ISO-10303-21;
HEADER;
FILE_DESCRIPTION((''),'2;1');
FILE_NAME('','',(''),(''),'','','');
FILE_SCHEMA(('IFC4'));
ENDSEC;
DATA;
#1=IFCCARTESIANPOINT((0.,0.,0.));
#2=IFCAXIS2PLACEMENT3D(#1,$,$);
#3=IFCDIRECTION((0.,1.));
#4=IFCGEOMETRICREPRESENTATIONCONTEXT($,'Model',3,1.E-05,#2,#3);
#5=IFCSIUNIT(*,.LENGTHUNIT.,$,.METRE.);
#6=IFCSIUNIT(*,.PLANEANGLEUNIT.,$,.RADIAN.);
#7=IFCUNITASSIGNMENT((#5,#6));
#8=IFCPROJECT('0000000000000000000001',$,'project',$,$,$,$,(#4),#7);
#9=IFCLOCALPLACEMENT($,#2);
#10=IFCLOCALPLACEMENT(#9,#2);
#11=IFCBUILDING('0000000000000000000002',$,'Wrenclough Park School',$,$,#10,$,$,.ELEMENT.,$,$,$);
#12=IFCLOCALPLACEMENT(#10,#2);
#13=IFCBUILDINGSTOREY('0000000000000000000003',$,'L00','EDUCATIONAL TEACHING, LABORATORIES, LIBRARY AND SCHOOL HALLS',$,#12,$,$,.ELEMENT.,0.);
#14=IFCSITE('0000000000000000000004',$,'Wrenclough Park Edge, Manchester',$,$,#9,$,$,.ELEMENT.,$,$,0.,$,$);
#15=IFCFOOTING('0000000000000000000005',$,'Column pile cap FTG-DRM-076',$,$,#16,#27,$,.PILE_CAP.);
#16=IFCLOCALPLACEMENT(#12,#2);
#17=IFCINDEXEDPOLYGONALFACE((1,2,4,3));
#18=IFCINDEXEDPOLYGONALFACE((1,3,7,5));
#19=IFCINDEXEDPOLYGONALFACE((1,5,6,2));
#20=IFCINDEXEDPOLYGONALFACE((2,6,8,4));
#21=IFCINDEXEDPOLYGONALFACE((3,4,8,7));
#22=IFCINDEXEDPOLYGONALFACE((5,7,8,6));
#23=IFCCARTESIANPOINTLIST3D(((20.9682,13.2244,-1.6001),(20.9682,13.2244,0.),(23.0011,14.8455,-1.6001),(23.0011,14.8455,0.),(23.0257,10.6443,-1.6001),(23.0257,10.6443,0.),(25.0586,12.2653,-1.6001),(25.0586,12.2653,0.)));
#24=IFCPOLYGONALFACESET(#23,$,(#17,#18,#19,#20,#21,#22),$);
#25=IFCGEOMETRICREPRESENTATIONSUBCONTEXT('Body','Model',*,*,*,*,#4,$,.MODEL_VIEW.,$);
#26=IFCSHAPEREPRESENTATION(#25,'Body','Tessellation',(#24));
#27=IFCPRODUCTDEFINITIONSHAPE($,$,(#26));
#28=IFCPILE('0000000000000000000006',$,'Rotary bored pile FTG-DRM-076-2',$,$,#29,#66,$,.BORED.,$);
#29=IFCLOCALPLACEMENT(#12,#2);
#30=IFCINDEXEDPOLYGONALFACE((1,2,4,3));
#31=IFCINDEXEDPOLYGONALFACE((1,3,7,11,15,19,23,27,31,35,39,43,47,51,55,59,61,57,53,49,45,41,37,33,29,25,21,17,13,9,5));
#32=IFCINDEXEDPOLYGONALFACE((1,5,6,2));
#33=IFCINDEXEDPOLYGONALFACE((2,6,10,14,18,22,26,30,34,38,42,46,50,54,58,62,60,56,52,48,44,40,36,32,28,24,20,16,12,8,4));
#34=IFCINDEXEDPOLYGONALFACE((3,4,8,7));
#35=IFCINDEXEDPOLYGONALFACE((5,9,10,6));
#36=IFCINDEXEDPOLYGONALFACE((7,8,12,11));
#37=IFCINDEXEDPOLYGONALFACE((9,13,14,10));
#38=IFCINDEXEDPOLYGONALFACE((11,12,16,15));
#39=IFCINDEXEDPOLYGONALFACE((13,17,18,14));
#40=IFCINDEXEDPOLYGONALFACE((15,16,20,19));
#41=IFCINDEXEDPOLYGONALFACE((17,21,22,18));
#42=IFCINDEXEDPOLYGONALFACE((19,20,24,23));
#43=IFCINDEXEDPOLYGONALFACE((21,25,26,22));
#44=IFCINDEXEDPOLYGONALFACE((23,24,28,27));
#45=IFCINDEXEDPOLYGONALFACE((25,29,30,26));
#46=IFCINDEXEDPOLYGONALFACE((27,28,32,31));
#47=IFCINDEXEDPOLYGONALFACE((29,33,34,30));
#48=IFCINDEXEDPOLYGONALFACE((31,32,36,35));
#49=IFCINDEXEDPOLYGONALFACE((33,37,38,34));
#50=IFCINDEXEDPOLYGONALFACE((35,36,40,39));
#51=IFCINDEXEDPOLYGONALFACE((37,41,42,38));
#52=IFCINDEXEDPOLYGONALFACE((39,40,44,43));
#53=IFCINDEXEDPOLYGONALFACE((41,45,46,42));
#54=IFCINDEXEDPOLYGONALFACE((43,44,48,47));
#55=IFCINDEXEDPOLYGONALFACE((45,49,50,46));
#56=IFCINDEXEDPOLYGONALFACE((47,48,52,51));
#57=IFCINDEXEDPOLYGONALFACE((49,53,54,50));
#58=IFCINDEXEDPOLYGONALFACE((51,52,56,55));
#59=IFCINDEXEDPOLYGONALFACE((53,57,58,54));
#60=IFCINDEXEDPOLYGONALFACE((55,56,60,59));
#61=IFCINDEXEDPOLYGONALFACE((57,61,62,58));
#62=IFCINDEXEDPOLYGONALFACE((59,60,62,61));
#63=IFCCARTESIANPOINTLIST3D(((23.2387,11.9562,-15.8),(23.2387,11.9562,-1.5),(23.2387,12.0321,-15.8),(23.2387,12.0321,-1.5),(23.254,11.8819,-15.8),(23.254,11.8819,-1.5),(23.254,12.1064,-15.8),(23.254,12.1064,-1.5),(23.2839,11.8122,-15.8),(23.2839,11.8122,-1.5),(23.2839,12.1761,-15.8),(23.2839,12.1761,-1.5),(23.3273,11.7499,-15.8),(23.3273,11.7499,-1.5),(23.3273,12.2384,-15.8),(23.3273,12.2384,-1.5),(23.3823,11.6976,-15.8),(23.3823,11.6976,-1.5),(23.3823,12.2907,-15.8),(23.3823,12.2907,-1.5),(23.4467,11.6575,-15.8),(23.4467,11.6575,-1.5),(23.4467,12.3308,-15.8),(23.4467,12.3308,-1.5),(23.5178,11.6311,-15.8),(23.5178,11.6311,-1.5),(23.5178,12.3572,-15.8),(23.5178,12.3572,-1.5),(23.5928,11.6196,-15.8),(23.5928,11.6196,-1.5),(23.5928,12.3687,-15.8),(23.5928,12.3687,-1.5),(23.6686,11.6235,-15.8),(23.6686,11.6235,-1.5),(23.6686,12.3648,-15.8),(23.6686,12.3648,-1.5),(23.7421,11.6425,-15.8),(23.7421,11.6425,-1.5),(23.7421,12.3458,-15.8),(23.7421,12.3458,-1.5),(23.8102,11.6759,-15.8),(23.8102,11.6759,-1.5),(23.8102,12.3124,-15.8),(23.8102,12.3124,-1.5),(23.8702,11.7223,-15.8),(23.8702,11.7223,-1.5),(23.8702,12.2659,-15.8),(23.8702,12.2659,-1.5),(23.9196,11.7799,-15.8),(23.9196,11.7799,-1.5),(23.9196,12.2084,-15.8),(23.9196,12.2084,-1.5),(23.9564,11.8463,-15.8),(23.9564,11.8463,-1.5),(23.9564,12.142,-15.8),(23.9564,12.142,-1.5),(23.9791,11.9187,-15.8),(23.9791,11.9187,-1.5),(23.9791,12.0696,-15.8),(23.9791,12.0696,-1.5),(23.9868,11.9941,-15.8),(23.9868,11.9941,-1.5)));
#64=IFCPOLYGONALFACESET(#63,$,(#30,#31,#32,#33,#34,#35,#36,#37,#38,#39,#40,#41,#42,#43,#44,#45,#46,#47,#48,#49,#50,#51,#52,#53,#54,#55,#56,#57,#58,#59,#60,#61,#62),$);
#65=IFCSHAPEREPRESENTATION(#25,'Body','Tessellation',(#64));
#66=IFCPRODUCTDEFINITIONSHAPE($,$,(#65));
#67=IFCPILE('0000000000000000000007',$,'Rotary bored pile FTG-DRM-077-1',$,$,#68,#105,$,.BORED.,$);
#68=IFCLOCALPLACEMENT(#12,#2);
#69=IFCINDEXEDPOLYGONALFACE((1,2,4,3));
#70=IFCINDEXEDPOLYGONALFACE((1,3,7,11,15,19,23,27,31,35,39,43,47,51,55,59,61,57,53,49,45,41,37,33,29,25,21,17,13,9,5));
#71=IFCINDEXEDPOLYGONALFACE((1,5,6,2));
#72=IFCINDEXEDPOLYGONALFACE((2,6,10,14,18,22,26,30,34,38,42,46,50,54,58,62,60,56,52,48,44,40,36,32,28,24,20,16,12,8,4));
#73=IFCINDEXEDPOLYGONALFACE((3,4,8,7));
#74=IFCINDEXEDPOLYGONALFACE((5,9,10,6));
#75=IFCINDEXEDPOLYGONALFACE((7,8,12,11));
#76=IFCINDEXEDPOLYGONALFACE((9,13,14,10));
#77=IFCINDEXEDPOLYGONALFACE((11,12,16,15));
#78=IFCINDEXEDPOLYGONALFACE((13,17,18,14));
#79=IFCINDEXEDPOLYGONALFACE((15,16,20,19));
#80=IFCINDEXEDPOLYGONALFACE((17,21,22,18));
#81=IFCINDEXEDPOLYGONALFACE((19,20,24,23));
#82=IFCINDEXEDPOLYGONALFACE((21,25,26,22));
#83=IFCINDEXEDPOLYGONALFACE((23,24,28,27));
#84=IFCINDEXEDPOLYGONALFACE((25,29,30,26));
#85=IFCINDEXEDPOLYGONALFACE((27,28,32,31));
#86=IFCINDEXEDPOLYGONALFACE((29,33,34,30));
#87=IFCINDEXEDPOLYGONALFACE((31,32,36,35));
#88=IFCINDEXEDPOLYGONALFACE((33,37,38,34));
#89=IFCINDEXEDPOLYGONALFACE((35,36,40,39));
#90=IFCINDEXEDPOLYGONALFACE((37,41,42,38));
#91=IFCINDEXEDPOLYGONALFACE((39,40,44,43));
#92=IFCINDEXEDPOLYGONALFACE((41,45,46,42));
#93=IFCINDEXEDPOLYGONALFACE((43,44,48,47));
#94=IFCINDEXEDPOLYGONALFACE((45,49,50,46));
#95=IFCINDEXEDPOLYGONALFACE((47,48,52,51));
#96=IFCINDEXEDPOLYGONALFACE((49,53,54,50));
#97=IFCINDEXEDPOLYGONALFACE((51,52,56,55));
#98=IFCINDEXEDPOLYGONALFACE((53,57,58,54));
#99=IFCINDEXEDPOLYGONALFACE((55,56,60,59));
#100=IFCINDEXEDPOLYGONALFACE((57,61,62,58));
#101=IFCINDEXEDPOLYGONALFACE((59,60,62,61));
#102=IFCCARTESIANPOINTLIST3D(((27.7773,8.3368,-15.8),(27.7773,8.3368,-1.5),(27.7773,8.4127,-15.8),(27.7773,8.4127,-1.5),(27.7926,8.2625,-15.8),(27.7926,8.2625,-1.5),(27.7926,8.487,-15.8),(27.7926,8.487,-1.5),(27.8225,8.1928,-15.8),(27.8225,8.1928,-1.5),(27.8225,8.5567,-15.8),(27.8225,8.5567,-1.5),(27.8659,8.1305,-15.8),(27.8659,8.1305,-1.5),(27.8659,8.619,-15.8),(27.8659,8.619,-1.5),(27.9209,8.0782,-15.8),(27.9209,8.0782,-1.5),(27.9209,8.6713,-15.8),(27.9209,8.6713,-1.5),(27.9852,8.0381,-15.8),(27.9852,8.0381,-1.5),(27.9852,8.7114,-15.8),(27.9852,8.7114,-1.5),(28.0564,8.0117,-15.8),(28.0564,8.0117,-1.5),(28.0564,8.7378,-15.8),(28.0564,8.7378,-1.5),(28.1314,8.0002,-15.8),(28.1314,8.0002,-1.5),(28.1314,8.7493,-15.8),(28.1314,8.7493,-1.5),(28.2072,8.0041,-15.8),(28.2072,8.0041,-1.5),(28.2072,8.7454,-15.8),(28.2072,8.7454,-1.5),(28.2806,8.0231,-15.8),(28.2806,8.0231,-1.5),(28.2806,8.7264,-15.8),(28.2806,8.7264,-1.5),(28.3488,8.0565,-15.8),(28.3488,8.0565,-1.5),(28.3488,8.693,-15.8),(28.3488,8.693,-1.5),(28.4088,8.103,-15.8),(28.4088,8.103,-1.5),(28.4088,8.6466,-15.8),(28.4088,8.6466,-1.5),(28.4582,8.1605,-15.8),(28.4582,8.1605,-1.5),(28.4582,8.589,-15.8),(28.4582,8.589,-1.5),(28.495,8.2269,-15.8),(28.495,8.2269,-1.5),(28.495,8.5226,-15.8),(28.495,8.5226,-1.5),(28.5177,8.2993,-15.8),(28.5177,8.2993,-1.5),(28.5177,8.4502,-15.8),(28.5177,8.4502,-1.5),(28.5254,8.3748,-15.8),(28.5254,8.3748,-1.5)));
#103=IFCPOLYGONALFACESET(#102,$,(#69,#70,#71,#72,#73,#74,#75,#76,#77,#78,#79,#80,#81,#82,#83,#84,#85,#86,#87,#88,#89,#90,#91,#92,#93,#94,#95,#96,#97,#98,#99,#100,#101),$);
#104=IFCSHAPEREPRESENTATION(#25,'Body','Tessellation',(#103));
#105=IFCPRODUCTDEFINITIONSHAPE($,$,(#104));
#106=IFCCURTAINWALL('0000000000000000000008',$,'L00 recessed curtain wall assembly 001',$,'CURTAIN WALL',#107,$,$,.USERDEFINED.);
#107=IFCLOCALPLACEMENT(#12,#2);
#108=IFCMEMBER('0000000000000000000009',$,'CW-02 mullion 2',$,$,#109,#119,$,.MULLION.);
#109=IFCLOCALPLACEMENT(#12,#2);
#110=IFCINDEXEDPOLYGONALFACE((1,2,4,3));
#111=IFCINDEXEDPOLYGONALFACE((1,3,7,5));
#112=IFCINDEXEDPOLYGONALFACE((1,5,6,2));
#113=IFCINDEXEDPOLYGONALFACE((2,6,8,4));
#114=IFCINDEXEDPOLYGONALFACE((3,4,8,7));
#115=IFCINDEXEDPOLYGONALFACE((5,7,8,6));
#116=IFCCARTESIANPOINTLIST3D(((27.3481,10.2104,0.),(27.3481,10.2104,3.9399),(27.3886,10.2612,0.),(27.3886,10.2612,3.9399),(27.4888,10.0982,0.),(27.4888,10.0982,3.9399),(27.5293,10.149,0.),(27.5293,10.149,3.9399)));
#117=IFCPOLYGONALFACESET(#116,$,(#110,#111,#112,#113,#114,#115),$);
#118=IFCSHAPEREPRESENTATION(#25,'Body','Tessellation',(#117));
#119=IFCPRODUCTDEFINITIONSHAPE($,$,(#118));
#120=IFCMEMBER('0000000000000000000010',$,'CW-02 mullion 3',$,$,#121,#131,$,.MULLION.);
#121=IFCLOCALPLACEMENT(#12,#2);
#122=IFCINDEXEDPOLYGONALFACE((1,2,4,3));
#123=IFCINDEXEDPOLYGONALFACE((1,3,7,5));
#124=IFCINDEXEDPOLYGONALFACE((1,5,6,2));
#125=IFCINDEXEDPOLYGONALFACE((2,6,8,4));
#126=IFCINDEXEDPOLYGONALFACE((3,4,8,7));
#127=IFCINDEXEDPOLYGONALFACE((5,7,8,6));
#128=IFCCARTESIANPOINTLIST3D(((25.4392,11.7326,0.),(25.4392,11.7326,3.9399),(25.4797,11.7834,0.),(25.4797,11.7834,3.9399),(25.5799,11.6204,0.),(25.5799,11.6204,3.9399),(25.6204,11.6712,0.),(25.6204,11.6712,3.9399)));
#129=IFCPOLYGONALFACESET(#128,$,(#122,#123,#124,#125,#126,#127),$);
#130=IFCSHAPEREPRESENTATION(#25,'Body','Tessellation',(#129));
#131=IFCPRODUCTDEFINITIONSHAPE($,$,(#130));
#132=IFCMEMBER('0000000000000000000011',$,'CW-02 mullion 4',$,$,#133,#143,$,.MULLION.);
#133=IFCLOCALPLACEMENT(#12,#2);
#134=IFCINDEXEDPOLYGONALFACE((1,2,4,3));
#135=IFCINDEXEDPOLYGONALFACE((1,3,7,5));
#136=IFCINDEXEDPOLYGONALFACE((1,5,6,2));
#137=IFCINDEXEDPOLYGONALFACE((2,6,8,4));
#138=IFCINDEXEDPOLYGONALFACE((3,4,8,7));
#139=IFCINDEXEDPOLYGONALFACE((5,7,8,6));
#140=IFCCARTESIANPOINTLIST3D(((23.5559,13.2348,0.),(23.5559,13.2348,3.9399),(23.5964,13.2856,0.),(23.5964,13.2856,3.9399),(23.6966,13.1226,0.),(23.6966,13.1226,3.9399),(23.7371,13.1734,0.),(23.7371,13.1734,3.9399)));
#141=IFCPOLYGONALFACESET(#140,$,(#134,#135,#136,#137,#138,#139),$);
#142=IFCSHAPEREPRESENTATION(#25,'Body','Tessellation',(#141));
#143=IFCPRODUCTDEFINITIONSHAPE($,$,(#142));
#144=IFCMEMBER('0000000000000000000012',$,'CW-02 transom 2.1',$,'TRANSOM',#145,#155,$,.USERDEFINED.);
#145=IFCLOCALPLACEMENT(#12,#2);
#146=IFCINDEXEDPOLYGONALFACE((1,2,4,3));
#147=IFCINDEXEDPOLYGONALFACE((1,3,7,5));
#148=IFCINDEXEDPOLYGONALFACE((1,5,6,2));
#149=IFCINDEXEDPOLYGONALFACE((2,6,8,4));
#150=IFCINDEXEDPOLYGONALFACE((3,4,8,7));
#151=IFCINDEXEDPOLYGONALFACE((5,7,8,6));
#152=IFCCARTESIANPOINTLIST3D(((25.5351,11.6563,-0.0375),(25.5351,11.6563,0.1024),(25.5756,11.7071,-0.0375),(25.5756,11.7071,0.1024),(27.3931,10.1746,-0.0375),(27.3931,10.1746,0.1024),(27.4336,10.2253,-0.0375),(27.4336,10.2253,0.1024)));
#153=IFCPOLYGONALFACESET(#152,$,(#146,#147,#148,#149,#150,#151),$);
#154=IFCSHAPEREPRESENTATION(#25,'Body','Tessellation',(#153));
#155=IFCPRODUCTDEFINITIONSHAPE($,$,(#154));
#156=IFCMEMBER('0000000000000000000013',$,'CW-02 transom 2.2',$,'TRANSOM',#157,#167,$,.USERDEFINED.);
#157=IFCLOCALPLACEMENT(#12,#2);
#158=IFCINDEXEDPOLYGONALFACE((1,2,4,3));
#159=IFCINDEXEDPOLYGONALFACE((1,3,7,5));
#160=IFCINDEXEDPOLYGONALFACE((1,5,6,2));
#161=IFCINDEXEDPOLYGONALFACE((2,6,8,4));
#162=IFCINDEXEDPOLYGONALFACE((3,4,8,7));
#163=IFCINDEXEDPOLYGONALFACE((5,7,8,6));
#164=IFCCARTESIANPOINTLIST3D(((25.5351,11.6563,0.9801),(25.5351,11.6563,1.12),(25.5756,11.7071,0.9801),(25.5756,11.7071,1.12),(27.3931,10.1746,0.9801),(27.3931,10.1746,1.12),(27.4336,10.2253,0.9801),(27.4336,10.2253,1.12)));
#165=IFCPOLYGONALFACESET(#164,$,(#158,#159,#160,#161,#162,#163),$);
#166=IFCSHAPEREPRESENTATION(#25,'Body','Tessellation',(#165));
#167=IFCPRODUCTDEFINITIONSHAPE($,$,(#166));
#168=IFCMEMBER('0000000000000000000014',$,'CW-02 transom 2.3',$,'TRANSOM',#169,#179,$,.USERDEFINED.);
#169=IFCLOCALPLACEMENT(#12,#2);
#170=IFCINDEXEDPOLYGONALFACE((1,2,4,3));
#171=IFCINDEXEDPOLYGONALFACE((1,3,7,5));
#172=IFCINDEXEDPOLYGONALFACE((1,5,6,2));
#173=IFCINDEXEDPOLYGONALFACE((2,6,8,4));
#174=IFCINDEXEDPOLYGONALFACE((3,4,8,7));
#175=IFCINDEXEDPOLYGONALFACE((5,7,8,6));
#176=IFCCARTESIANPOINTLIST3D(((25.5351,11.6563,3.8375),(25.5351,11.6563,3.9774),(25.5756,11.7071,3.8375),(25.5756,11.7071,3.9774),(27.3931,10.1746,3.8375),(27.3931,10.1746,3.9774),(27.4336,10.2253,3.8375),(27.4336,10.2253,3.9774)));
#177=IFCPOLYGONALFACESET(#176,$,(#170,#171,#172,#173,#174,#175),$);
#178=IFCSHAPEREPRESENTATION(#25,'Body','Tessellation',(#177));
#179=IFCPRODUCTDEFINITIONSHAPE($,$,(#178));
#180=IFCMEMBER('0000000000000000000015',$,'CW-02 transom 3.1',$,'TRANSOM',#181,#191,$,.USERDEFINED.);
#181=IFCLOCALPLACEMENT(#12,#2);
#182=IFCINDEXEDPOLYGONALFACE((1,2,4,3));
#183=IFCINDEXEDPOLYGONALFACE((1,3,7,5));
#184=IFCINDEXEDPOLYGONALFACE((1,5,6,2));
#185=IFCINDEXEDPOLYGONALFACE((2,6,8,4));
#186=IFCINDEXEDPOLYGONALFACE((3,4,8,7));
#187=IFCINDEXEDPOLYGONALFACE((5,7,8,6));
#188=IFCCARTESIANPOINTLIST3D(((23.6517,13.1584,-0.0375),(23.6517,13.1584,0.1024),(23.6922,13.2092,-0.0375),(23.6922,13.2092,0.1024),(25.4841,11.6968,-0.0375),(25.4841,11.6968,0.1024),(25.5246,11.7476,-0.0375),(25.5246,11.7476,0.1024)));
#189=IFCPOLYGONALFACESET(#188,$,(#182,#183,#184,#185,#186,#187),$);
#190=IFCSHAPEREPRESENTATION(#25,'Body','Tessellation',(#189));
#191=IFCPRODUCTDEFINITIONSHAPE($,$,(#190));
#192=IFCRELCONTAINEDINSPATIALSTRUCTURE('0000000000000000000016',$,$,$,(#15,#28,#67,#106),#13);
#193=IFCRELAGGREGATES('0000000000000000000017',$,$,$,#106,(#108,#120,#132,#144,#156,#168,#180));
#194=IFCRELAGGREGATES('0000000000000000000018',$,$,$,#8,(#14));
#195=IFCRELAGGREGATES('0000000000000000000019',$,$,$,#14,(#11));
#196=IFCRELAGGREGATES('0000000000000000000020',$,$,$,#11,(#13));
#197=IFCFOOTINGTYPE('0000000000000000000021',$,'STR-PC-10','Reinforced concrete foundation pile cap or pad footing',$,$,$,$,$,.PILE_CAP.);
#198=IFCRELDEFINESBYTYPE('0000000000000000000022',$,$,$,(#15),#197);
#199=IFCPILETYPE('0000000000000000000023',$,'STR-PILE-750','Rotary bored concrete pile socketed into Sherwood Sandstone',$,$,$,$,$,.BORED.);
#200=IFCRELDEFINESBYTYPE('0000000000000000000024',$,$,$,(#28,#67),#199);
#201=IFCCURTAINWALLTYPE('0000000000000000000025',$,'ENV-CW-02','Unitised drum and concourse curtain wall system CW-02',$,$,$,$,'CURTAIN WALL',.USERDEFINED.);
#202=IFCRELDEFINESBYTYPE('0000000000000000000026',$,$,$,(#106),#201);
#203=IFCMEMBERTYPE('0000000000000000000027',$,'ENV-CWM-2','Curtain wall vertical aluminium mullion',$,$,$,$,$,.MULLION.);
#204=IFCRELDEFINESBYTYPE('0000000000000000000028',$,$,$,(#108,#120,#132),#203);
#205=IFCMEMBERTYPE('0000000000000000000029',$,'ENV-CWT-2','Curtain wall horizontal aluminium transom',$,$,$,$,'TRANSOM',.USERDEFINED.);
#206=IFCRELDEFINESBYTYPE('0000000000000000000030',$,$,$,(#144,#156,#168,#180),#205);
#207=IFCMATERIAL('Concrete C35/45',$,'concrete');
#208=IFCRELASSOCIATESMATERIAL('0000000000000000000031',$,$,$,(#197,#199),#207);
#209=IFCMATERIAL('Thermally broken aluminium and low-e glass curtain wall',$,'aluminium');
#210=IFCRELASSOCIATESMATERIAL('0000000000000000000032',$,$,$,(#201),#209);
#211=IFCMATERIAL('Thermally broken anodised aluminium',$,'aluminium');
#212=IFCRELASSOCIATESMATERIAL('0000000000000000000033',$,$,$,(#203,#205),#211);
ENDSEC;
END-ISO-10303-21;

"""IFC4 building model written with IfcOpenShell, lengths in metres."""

from ifc_helpers import new_model, si_unit, direction, frame, origin, origin_2d, place, context, subcontext, project, spatial, rectangle, circle, extrude, material, material_profile, profile_set, type_object, element, aggregate, save


model = new_model("IFC4")

# Units and contexts
model_context = context("Model", 3, precision=1e-05, world=origin(), true_north=direction((0.0, 1.0)))
body_context = subcontext(model_context, "Body", "Model", "MODEL_VIEW")
ifc_project = project(units=[si_unit("LENGTHUNIT", "METRE"), si_unit("PLANEANGLEUNIT", "RADIAN")], contexts=[model_context])

# Site, building, storey
site_placement = place(None, origin())
site = spatial("IfcSite", under=ifc_project, at=site_placement, Name="Wrenclough Park Edge, Manchester", CompositionType="ELEMENT", RefElevation=0.0)
building_placement = place(site_placement, origin())
building = spatial("IfcBuilding", under=site, at=building_placement, Name="Wrenclough Park School", CompositionType="ELEMENT")
storey_placement = place(building_placement, origin())
storey = spatial("IfcBuildingStorey", under=building, at=storey_placement, Name="L00", Description="EDUCATIONAL TEACHING, LABORATORIES, LIBRARY AND SCHOOL HALLS", CompositionType="ELEMENT", Elevation=0.0)

# Footing
ifc_material_1 = material(Name="Concrete C35/45", Category="concrete")
footing_type = type_object("IfcFootingType", Name="STR-PC-10", Description="Reinforced concrete foundation pile cap or pad footing", PredefinedType="PILE_CAP", material=ifc_material_1)
footing_placement = place(storey_placement, frame((23.0134, 12.7449, -1.6001), z_axis=(0.0, 0.0, 1.0), x_axis=(0.62347, -0.781847, 0.0)))
element("IfcFooting", 1, at=footing_placement, inside=storey, type_object=footing_type, Name="Column pile cap FTG-DRM-076", PredefinedType="PILE_CAP", context=body_context, shape_type="SweptSolid", body=[
    extrude(rectangle(XDim=3.3, YDim=2.6001, at=origin_2d()), origin(), (0.0, 0.0, 1.0), 1.6001),
])

# Piles
ifc_material_profile_1 = material_profile(ifc_material_1, circle(Radius=0.375, at=origin_2d()), Name="BORED PILE D750")
ifc_profile_set_1 = profile_set([ifc_material_profile_1], Name="Concrete C35/45")
pile_type = type_object("IfcPileType", Name="STR-PILE-750", Description="Rotary bored concrete pile socketed into Sherwood Sandstone", PredefinedType="BORED", material=ifc_profile_set_1)
for number, where, z_axis, x_axis, name in (
    (2, (23.6118, 11.9941, -1.5), (0.0, 0.0, -1.0), (1.0, 0.0, 0.0), "Rotary bored pile FTG-DRM-076-2"),
    (3, (28.1504, 8.3748, -1.5), (0.0, 0.0, -1.0), (1.0, 0.0, 0.0), "Rotary bored pile FTG-DRM-077-1"),
):
    element("IfcPile", number, at=place(storey_placement, frame(where, z_axis=z_axis, x_axis=x_axis)), inside=storey, type_object=pile_type, Name=name, PredefinedType="BORED", context=body_context, shape_type="SweptSolid", body=[
        extrude(circle(Radius=0.375, at=origin_2d()), origin(), (0.0, 0.0, 1.0), 14.3),
    ])

# Curtain wall, members
ifc_material_2 = material(Name="Thermally broken aluminium and low-e glass curtain wall", Category="aluminium")
curtain_wall_type = type_object("IfcCurtainWallType", Name="ENV-CW-02", Description="Unitised drum and concourse curtain wall system CW-02", ElementType="CURTAIN WALL", PredefinedType="USERDEFINED", material=ifc_material_2)
curtain_wall_placement = place(storey_placement, origin())
curtain_wall = element("IfcCurtainWall", 4, at=curtain_wall_placement, inside=storey, type_object=curtain_wall_type, Name="L00 recessed curtain wall assembly 001", ObjectType="CURTAIN WALL", PredefinedType="USERDEFINED")
ifc_material_3 = material(Name="Thermally broken anodised aluminium", Category="aluminium")
ifc_material_profile_2 = material_profile(ifc_material_3, rectangle(XDim=0.0649, YDim=0.1799, at=origin_2d()), Name="AL MULLION 65x180")
ifc_profile_set_2 = profile_set([ifc_material_profile_2], Name="Thermally broken anodised aluminium")
member_type_1 = type_object("IfcMemberType", Name="ENV-CWM-2", Description="Curtain wall vertical aluminium mullion", PredefinedType="MULLION", material=ifc_profile_set_2)
member_1_placement = place(storey_placement, frame((27.4387, 10.1797, 0.0), z_axis=(0.0, 0.0, 1.0), x_axis=(-0.623499, -0.781824, 0.0)))
member_1 = element("IfcMember", 5, at=member_1_placement, type_object=member_type_1, Name="CW-02 mullion 2", PredefinedType="MULLION", context=body_context, shape_type="SweptSolid", body=[
    extrude(rectangle(XDim=0.0649, YDim=0.1799, at=origin_2d()), origin(), (0.0, 0.0, 1.0), 3.9399),
])
member_2_placement = place(storey_placement, frame((25.5298, 11.7019, 0.0), z_axis=(0.0, 0.0, 1.0), x_axis=(-0.623499, -0.781824, 0.0)))
member_2 = element("IfcMember", 6, at=member_2_placement, type_object=member_type_1, Name="CW-02 mullion 3", PredefinedType="MULLION", context=body_context, shape_type="SweptSolid", body=[
    extrude(rectangle(XDim=0.0649, YDim=0.1799, at=origin_2d()), origin(), (0.0, 0.0, 1.0), 3.9399),
])
member_3_placement = place(storey_placement, frame((23.6465, 13.2041, 0.0), z_axis=(0.0, 0.0, 1.0), x_axis=(-0.623499, -0.781824, 0.0)))
member_3 = element("IfcMember", 7, at=member_3_placement, type_object=member_type_1, Name="CW-02 mullion 4", PredefinedType="MULLION", context=body_context, shape_type="SweptSolid", body=[
    extrude(rectangle(XDim=0.0649, YDim=0.1799, at=origin_2d()), origin(), (0.0, 0.0, 1.0), 3.9399),
])
ifc_material_profile_3 = material_profile(ifc_material_3, rectangle(XDim=0.0649, YDim=0.1399, at=origin_2d()), Name="AL TRANSOM 65x140")
ifc_profile_set_3 = profile_set([ifc_material_profile_3], Name="Thermally broken anodised aluminium")
member_type_2 = type_object("IfcMemberType", Name="ENV-CWT-2", Description="Curtain wall horizontal aluminium transom", ElementType="TRANSOM", PredefinedType="USERDEFINED", material=ifc_profile_set_3)
member_4_placement = place(storey_placement, frame((27.4133, 10.2, 0.0325), z_axis=(-0.78182, 0.623504, 0.0), x_axis=(-0.623504, -0.78182, 0.0)))
member_4 = element("IfcMember", 8, at=member_4_placement, type_object=member_type_2, Name="CW-02 transom 2.1", ObjectType="TRANSOM", PredefinedType="USERDEFINED", context=body_context, shape_type="SweptSolid", body=[
    extrude(rectangle(XDim=0.0649, YDim=0.1399, at=origin_2d()), origin(), (0.0, 0.0, 1.0), 2.3765),
])
member_5_placement = place(storey_placement, frame((27.4133, 10.2, 1.05), z_axis=(-0.78182, 0.623504, 0.0), x_axis=(-0.623504, -0.78182, 0.0)))
member_5 = element("IfcMember", 9, at=member_5_placement, type_object=member_type_2, Name="CW-02 transom 2.2", ObjectType="TRANSOM", PredefinedType="USERDEFINED", context=body_context, shape_type="SweptSolid", body=[
    extrude(rectangle(XDim=0.0649, YDim=0.1399, at=origin_2d()), origin(), (0.0, 0.0, 1.0), 2.3765),
])
member_6_placement = place(storey_placement, frame((27.4133, 10.2, 3.9075), z_axis=(-0.78182, 0.623504, 0.0), x_axis=(-0.623504, -0.78182, 0.0)))
member_6 = element("IfcMember", 10, at=member_6_placement, type_object=member_type_2, Name="CW-02 transom 2.3", ObjectType="TRANSOM", PredefinedType="USERDEFINED", context=body_context, shape_type="SweptSolid", body=[
    extrude(rectangle(XDim=0.0649, YDim=0.1399, at=origin_2d()), origin(), (0.0, 0.0, 1.0), 2.3765),
])
member_7_placement = place(storey_placement, frame((25.5044, 11.7222, 0.0325), z_axis=(-0.781772, 0.623564, 0.0), x_axis=(-0.623564, -0.781772, 0.0)))
member_7 = element("IfcMember", 11, at=member_7_placement, type_object=member_type_2, Name="CW-02 transom 3.1", ObjectType="TRANSOM", PredefinedType="USERDEFINED", context=body_context, shape_type="SweptSolid", body=[
    extrude(rectangle(XDim=0.0649, YDim=0.1399, at=origin_2d()), origin(), (0.0, 0.0, 1.0), 2.344),
])

aggregate(curtain_wall, [member_1, member_2, member_3, member_4, member_5, member_6, member_7])

save(model, "model.ifc")
